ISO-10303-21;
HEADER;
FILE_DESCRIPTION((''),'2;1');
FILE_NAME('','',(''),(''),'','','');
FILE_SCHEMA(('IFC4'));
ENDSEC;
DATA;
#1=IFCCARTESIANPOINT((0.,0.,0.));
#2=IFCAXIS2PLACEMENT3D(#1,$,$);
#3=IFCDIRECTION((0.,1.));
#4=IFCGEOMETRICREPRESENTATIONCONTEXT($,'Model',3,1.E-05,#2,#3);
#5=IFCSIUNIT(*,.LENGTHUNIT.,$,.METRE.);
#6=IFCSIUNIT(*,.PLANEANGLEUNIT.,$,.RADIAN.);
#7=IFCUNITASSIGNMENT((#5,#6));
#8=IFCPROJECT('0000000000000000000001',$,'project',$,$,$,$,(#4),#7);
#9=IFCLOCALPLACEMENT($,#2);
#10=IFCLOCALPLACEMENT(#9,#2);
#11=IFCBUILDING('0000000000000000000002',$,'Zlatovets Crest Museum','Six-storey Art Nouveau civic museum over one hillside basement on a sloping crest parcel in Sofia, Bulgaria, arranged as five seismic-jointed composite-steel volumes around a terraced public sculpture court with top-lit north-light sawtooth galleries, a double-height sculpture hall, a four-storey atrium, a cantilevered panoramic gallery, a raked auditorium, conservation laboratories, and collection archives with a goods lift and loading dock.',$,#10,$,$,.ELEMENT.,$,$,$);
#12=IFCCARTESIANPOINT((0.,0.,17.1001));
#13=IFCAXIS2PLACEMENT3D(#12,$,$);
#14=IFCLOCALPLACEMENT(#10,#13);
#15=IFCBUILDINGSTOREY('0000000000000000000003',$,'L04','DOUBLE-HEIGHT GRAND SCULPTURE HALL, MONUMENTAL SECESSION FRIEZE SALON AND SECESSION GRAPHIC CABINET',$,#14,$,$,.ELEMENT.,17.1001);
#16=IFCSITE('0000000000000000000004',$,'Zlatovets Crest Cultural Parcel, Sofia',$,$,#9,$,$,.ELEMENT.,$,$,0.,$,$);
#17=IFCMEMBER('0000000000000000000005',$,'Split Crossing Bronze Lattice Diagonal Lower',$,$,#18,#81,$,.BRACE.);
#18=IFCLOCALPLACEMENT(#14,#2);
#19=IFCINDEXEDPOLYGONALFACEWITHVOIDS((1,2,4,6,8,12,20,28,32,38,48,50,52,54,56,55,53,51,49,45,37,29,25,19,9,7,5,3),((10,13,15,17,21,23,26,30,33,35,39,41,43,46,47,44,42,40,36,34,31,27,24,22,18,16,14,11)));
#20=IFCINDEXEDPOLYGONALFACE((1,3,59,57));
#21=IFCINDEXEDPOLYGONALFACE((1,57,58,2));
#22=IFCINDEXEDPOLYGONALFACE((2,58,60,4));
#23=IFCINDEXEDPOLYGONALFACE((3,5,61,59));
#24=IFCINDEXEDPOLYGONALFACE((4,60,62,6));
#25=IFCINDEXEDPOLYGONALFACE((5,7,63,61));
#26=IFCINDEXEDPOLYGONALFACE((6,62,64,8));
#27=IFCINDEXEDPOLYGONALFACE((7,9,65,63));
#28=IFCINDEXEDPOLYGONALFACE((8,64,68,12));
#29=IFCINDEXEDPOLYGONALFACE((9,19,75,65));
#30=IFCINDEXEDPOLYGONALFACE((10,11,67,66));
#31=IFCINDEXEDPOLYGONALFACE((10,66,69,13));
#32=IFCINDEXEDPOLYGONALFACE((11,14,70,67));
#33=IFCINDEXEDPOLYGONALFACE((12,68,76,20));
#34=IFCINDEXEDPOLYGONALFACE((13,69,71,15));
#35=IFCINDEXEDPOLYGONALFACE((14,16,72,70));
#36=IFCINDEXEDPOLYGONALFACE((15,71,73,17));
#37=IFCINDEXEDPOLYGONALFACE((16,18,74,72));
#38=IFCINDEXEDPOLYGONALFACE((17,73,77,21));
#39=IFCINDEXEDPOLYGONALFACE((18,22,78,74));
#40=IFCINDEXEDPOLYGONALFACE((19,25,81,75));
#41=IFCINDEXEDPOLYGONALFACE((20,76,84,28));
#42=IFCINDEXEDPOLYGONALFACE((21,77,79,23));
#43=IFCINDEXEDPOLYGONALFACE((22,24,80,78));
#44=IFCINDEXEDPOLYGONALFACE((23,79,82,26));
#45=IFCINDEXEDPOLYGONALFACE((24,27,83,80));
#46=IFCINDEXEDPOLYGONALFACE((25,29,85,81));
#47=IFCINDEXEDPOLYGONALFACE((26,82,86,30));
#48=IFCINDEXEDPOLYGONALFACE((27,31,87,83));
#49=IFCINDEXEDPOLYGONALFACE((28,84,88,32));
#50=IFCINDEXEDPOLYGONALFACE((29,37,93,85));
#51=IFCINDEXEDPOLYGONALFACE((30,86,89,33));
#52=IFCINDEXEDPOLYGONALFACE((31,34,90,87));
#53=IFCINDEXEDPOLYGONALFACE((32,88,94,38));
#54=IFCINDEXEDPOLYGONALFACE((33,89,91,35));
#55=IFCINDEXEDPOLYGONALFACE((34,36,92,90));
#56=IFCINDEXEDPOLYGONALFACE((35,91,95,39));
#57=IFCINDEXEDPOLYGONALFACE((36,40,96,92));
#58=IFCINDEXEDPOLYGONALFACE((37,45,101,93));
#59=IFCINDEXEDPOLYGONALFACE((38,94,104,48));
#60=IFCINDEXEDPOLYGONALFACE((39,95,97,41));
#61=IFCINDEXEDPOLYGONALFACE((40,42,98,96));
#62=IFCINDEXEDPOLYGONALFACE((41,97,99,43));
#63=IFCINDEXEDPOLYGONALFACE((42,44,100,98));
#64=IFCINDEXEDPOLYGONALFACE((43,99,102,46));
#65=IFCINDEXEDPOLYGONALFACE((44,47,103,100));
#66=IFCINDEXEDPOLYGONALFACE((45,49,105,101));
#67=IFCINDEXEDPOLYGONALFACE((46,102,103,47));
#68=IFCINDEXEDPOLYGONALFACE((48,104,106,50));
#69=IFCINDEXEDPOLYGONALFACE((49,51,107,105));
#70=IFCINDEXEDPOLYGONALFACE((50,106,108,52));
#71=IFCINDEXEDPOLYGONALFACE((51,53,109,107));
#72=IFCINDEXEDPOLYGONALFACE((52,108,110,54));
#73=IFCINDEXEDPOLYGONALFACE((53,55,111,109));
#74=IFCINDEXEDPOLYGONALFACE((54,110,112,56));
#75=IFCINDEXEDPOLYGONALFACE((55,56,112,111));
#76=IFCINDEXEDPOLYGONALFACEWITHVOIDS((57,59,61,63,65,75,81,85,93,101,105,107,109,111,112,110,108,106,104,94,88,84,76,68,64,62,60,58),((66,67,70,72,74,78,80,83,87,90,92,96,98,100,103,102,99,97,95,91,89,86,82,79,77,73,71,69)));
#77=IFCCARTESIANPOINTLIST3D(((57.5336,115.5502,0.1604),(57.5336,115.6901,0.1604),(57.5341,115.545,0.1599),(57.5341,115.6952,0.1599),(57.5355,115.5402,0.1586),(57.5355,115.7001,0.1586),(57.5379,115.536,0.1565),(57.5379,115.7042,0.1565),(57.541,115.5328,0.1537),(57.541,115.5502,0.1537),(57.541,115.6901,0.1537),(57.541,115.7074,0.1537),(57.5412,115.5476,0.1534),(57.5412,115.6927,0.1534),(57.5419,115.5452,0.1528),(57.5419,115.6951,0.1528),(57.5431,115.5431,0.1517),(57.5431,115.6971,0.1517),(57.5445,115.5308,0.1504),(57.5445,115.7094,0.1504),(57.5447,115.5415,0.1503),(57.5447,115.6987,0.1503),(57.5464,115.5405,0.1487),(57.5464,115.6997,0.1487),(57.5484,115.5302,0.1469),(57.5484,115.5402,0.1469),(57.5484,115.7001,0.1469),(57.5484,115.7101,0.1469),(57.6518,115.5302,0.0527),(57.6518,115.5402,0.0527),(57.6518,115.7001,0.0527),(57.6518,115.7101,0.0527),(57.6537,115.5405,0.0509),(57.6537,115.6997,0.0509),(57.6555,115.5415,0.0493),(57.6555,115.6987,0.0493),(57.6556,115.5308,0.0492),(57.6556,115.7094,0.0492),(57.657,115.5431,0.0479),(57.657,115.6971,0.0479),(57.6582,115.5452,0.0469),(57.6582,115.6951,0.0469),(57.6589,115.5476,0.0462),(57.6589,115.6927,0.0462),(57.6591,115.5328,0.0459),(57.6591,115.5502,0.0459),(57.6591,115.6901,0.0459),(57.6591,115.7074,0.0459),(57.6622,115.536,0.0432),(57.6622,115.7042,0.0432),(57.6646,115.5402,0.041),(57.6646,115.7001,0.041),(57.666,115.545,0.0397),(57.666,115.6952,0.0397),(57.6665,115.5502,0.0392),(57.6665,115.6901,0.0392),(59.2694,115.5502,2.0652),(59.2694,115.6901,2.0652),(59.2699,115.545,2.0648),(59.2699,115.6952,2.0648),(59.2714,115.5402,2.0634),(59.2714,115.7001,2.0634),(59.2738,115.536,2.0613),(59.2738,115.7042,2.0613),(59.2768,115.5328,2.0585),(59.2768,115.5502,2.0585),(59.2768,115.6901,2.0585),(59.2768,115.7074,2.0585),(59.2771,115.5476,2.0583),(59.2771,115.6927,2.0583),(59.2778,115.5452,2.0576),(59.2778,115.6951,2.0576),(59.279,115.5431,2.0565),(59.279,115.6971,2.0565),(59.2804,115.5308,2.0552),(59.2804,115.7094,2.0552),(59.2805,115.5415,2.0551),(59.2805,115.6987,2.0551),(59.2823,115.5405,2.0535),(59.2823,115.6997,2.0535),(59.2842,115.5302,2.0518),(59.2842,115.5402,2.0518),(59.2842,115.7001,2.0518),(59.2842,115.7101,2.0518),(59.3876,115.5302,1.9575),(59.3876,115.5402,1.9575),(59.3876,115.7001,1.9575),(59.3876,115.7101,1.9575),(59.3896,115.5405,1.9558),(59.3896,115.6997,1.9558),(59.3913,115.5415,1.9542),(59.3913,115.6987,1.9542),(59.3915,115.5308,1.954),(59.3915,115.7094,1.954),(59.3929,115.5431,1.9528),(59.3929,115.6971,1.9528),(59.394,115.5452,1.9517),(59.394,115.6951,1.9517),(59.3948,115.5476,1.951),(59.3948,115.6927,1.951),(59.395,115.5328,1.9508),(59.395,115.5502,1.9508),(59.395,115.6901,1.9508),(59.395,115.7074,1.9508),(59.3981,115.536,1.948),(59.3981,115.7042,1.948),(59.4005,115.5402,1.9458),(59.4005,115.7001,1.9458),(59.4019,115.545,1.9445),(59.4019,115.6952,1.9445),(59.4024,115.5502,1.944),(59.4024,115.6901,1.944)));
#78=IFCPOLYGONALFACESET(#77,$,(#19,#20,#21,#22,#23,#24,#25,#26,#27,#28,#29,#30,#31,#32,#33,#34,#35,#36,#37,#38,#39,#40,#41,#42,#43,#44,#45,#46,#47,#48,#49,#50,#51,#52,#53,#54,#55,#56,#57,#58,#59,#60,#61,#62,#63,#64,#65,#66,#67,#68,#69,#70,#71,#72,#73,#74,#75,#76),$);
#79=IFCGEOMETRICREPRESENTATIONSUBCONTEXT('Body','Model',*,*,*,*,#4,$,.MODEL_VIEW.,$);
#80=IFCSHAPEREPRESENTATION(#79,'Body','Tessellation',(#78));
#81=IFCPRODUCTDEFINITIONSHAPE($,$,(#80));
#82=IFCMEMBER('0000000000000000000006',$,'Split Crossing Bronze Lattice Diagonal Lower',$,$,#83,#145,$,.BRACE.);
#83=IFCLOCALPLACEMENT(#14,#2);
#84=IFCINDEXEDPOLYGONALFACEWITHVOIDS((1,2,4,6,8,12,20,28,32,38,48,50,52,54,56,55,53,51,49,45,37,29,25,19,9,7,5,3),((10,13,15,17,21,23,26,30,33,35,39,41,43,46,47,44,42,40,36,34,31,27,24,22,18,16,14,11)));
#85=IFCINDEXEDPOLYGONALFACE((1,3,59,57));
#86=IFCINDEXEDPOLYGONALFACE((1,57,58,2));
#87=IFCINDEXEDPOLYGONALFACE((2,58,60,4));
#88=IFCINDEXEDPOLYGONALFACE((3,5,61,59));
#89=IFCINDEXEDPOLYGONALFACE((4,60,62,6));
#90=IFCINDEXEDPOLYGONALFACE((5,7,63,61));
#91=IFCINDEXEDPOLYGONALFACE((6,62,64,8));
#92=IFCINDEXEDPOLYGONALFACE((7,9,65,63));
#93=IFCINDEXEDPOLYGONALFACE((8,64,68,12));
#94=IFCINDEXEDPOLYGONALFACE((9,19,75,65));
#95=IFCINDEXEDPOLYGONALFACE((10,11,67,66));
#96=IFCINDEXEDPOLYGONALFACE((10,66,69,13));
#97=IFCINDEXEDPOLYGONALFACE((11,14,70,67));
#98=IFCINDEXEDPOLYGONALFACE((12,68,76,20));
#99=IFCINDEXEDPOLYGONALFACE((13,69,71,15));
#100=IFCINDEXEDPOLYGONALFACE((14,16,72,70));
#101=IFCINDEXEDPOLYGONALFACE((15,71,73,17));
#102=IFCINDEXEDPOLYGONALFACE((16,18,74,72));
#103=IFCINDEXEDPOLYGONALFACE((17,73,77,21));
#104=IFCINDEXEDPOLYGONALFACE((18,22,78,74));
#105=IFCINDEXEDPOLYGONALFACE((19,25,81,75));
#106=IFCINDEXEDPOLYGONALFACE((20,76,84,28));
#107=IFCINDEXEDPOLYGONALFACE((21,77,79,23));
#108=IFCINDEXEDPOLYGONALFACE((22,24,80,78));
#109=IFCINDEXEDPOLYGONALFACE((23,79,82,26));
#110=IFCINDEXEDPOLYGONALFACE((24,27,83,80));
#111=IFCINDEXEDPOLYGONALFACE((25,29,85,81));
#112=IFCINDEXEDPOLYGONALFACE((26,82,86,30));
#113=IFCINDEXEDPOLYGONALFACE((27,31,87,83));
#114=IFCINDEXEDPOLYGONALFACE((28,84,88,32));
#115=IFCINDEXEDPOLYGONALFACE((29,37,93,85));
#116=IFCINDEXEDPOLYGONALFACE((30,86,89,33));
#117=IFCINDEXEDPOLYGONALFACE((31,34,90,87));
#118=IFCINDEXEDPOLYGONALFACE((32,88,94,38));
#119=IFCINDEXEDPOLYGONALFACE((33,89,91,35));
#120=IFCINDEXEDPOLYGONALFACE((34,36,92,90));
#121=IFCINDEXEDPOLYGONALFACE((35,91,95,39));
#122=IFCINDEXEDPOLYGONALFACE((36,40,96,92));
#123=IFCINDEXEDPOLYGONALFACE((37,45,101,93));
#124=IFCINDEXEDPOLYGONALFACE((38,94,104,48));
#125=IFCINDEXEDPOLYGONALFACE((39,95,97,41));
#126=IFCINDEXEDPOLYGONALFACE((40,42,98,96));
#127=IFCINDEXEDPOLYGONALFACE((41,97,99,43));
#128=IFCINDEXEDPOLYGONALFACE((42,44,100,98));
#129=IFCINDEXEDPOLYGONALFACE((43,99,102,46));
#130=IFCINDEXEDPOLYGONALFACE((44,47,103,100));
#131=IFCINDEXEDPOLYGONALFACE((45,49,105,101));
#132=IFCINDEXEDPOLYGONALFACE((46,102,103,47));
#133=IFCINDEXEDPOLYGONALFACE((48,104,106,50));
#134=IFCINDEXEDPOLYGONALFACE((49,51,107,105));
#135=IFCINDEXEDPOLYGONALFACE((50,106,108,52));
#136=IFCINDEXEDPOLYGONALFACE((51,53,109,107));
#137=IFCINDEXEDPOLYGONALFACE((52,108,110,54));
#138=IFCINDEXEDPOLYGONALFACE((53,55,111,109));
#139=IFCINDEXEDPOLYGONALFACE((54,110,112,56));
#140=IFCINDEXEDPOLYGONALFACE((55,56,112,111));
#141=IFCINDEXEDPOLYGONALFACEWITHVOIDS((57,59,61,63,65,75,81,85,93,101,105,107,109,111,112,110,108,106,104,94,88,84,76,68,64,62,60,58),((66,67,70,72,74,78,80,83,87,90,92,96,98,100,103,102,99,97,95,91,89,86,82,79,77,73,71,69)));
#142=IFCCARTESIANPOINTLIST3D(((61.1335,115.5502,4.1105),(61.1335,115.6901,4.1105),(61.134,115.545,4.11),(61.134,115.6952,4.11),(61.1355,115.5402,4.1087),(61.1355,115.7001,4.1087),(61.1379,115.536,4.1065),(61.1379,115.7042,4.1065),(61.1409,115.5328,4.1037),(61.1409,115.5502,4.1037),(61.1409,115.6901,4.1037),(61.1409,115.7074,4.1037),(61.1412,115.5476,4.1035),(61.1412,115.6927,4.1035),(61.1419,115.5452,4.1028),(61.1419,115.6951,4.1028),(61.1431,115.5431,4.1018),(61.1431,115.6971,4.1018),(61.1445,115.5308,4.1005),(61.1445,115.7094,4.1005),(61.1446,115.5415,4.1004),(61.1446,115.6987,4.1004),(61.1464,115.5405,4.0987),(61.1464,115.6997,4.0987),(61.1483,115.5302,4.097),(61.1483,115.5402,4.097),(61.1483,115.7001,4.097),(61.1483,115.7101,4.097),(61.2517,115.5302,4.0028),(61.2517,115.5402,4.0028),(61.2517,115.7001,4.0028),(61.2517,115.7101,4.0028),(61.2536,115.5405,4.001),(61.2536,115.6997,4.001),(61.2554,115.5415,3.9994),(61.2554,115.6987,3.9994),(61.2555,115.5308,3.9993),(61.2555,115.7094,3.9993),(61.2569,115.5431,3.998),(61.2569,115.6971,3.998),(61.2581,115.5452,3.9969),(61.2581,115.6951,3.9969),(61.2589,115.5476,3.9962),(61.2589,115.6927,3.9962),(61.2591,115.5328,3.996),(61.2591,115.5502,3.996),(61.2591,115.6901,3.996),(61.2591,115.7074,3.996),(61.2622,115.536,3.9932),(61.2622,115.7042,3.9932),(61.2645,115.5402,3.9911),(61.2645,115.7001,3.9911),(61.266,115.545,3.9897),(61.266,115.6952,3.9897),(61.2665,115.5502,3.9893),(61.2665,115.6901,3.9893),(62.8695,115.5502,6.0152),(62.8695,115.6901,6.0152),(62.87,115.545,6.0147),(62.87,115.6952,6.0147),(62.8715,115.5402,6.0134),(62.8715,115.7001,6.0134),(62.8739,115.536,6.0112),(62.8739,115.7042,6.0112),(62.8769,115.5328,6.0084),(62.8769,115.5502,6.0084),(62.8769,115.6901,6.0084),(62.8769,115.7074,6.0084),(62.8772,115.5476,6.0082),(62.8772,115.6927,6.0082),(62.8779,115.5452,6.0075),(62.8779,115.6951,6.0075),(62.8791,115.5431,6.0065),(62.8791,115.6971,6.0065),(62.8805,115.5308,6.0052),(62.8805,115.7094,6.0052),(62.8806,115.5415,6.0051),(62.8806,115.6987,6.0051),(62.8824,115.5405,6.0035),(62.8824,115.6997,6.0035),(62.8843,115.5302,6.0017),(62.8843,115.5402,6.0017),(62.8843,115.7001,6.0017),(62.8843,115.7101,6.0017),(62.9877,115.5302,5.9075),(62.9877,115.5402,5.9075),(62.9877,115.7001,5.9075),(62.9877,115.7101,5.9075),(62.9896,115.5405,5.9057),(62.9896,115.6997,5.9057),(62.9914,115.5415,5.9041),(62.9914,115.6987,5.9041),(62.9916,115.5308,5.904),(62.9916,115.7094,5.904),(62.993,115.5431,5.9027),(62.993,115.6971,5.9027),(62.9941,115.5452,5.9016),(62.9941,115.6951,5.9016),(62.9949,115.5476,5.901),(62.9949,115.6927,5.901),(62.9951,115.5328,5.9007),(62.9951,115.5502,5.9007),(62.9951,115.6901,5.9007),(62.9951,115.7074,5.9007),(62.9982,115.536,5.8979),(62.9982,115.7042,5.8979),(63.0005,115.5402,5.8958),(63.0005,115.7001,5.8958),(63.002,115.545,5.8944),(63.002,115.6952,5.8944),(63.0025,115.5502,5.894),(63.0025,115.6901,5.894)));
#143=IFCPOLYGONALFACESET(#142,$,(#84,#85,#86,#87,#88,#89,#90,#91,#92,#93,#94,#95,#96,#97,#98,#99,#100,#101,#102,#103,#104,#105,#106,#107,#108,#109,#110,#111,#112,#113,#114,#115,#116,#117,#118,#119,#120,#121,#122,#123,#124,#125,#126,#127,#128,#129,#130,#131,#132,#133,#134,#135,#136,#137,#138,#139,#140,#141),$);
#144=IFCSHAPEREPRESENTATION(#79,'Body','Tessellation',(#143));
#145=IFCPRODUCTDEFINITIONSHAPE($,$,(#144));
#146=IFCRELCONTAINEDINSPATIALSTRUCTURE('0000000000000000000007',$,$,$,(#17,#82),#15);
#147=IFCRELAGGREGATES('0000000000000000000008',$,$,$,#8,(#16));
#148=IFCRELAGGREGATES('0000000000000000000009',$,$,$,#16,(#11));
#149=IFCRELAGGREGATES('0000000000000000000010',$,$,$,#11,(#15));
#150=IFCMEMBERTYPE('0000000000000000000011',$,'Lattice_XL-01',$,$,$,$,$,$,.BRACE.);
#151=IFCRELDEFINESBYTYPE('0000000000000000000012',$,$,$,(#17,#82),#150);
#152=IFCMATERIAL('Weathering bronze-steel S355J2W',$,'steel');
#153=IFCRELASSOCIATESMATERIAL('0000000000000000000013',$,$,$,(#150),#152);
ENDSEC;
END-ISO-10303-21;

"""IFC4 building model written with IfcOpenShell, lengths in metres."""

from ifc_helpers import new_model, si_unit, direction, frame, origin, origin_2d, place, context, subcontext, project, spatial, hollow_rectangle, extrude, material, material_profile, profile_set, type_object, element, save


model = new_model("IFC4")

# Units and contexts
model_context = context("Model", 3, precision=1e-05, world=origin(), true_north=direction((0.0, 1.0)))
body_context = subcontext(model_context, "Body", "Model", "MODEL_VIEW")
ifc_project = project(units=[si_unit("LENGTHUNIT", "METRE"), si_unit("PLANEANGLEUNIT", "RADIAN")], contexts=[model_context])

# Site, building, storey
site_placement = place(None, origin())
site = spatial("IfcSite", under=ifc_project, at=site_placement, Name="Zlatovets Crest Cultural Parcel, Sofia", CompositionType="ELEMENT", RefElevation=0.0)
building_placement = place(site_placement, origin())
building = spatial("IfcBuilding", under=site, at=building_placement, Name="Zlatovets Crest Museum", Description="Six-storey Art Nouveau civic museum over one hillside basement on a sloping crest parcel in Sofia, Bulgaria, arranged as five seismic-jointed composite-steel volumes around a terraced public sculpture court with top-lit north-light sawtooth galleries, a double-height sculpture hall, a four-storey atrium, a cantilevered panoramic gallery, a raked auditorium, conservation laboratories, and collection archives with a goods lift and loading dock.", CompositionType="ELEMENT")
storey_placement = place(building_placement, frame((0.0, 0.0, 17.1001)))
storey = spatial("IfcBuildingStorey", under=building, at=storey_placement, Name="L04", Description="DOUBLE-HEIGHT GRAND SCULPTURE HALL, MONUMENTAL SECESSION FRIEZE SALON AND SECESSION GRAPHIC CABINET", CompositionType="ELEMENT", Elevation=17.1001)

# Members
ifc_material_1 = material(Name="Weathering bronze-steel S355J2W", Category="steel")
ifc_material_profile_1 = material_profile(ifc_material_1, hollow_rectangle(XDim=0.1799, YDim=0.1799, WallThickness=0.01, InnerFilletRadius=0.01, OuterFilletRadius=0.02, at=origin_2d()), Name="SHS 180x180x10.0")
ifc_profile_set_1 = profile_set([ifc_material_profile_1], Name="Weathering bronze-steel S355J2W")
member_type_1 = type_object("IfcMemberType", Name="Lattice_XL-01", PredefinedType="BRACE", material=ifc_profile_set_1)
for number, where, z_axis, x_axis, name in (
    (1, (59.3359, 115.6201, 2.0046), (-0.673568, 0.0, -0.739125), (0.0, -1.0, 0.0), "Split Crossing Bronze Lattice Diagonal Lower"),
    (2, (62.936, 115.6201, 5.9546), (-0.67362, 0.0, -0.739078), (0.0, -1.0, 0.0), "Split Crossing Bronze Lattice Diagonal Lower"),
):
    element("IfcMember", number, at=place(storey_placement, frame(where, z_axis=z_axis, x_axis=x_axis)), inside=storey, type_object=member_type_1, Name=name, PredefinedType="BRACE", context=body_context, shape_type="SweptSolid", body=[
        extrude(hollow_rectangle(XDim=0.1799, YDim=0.1799, WallThickness=0.01, InnerFilletRadius=0.01, OuterFilletRadius=0.02, at=origin_2d()), origin(), (0.0, 0.0, 1.0), 2.5771),
    ])

save(model, "model.ifc")
